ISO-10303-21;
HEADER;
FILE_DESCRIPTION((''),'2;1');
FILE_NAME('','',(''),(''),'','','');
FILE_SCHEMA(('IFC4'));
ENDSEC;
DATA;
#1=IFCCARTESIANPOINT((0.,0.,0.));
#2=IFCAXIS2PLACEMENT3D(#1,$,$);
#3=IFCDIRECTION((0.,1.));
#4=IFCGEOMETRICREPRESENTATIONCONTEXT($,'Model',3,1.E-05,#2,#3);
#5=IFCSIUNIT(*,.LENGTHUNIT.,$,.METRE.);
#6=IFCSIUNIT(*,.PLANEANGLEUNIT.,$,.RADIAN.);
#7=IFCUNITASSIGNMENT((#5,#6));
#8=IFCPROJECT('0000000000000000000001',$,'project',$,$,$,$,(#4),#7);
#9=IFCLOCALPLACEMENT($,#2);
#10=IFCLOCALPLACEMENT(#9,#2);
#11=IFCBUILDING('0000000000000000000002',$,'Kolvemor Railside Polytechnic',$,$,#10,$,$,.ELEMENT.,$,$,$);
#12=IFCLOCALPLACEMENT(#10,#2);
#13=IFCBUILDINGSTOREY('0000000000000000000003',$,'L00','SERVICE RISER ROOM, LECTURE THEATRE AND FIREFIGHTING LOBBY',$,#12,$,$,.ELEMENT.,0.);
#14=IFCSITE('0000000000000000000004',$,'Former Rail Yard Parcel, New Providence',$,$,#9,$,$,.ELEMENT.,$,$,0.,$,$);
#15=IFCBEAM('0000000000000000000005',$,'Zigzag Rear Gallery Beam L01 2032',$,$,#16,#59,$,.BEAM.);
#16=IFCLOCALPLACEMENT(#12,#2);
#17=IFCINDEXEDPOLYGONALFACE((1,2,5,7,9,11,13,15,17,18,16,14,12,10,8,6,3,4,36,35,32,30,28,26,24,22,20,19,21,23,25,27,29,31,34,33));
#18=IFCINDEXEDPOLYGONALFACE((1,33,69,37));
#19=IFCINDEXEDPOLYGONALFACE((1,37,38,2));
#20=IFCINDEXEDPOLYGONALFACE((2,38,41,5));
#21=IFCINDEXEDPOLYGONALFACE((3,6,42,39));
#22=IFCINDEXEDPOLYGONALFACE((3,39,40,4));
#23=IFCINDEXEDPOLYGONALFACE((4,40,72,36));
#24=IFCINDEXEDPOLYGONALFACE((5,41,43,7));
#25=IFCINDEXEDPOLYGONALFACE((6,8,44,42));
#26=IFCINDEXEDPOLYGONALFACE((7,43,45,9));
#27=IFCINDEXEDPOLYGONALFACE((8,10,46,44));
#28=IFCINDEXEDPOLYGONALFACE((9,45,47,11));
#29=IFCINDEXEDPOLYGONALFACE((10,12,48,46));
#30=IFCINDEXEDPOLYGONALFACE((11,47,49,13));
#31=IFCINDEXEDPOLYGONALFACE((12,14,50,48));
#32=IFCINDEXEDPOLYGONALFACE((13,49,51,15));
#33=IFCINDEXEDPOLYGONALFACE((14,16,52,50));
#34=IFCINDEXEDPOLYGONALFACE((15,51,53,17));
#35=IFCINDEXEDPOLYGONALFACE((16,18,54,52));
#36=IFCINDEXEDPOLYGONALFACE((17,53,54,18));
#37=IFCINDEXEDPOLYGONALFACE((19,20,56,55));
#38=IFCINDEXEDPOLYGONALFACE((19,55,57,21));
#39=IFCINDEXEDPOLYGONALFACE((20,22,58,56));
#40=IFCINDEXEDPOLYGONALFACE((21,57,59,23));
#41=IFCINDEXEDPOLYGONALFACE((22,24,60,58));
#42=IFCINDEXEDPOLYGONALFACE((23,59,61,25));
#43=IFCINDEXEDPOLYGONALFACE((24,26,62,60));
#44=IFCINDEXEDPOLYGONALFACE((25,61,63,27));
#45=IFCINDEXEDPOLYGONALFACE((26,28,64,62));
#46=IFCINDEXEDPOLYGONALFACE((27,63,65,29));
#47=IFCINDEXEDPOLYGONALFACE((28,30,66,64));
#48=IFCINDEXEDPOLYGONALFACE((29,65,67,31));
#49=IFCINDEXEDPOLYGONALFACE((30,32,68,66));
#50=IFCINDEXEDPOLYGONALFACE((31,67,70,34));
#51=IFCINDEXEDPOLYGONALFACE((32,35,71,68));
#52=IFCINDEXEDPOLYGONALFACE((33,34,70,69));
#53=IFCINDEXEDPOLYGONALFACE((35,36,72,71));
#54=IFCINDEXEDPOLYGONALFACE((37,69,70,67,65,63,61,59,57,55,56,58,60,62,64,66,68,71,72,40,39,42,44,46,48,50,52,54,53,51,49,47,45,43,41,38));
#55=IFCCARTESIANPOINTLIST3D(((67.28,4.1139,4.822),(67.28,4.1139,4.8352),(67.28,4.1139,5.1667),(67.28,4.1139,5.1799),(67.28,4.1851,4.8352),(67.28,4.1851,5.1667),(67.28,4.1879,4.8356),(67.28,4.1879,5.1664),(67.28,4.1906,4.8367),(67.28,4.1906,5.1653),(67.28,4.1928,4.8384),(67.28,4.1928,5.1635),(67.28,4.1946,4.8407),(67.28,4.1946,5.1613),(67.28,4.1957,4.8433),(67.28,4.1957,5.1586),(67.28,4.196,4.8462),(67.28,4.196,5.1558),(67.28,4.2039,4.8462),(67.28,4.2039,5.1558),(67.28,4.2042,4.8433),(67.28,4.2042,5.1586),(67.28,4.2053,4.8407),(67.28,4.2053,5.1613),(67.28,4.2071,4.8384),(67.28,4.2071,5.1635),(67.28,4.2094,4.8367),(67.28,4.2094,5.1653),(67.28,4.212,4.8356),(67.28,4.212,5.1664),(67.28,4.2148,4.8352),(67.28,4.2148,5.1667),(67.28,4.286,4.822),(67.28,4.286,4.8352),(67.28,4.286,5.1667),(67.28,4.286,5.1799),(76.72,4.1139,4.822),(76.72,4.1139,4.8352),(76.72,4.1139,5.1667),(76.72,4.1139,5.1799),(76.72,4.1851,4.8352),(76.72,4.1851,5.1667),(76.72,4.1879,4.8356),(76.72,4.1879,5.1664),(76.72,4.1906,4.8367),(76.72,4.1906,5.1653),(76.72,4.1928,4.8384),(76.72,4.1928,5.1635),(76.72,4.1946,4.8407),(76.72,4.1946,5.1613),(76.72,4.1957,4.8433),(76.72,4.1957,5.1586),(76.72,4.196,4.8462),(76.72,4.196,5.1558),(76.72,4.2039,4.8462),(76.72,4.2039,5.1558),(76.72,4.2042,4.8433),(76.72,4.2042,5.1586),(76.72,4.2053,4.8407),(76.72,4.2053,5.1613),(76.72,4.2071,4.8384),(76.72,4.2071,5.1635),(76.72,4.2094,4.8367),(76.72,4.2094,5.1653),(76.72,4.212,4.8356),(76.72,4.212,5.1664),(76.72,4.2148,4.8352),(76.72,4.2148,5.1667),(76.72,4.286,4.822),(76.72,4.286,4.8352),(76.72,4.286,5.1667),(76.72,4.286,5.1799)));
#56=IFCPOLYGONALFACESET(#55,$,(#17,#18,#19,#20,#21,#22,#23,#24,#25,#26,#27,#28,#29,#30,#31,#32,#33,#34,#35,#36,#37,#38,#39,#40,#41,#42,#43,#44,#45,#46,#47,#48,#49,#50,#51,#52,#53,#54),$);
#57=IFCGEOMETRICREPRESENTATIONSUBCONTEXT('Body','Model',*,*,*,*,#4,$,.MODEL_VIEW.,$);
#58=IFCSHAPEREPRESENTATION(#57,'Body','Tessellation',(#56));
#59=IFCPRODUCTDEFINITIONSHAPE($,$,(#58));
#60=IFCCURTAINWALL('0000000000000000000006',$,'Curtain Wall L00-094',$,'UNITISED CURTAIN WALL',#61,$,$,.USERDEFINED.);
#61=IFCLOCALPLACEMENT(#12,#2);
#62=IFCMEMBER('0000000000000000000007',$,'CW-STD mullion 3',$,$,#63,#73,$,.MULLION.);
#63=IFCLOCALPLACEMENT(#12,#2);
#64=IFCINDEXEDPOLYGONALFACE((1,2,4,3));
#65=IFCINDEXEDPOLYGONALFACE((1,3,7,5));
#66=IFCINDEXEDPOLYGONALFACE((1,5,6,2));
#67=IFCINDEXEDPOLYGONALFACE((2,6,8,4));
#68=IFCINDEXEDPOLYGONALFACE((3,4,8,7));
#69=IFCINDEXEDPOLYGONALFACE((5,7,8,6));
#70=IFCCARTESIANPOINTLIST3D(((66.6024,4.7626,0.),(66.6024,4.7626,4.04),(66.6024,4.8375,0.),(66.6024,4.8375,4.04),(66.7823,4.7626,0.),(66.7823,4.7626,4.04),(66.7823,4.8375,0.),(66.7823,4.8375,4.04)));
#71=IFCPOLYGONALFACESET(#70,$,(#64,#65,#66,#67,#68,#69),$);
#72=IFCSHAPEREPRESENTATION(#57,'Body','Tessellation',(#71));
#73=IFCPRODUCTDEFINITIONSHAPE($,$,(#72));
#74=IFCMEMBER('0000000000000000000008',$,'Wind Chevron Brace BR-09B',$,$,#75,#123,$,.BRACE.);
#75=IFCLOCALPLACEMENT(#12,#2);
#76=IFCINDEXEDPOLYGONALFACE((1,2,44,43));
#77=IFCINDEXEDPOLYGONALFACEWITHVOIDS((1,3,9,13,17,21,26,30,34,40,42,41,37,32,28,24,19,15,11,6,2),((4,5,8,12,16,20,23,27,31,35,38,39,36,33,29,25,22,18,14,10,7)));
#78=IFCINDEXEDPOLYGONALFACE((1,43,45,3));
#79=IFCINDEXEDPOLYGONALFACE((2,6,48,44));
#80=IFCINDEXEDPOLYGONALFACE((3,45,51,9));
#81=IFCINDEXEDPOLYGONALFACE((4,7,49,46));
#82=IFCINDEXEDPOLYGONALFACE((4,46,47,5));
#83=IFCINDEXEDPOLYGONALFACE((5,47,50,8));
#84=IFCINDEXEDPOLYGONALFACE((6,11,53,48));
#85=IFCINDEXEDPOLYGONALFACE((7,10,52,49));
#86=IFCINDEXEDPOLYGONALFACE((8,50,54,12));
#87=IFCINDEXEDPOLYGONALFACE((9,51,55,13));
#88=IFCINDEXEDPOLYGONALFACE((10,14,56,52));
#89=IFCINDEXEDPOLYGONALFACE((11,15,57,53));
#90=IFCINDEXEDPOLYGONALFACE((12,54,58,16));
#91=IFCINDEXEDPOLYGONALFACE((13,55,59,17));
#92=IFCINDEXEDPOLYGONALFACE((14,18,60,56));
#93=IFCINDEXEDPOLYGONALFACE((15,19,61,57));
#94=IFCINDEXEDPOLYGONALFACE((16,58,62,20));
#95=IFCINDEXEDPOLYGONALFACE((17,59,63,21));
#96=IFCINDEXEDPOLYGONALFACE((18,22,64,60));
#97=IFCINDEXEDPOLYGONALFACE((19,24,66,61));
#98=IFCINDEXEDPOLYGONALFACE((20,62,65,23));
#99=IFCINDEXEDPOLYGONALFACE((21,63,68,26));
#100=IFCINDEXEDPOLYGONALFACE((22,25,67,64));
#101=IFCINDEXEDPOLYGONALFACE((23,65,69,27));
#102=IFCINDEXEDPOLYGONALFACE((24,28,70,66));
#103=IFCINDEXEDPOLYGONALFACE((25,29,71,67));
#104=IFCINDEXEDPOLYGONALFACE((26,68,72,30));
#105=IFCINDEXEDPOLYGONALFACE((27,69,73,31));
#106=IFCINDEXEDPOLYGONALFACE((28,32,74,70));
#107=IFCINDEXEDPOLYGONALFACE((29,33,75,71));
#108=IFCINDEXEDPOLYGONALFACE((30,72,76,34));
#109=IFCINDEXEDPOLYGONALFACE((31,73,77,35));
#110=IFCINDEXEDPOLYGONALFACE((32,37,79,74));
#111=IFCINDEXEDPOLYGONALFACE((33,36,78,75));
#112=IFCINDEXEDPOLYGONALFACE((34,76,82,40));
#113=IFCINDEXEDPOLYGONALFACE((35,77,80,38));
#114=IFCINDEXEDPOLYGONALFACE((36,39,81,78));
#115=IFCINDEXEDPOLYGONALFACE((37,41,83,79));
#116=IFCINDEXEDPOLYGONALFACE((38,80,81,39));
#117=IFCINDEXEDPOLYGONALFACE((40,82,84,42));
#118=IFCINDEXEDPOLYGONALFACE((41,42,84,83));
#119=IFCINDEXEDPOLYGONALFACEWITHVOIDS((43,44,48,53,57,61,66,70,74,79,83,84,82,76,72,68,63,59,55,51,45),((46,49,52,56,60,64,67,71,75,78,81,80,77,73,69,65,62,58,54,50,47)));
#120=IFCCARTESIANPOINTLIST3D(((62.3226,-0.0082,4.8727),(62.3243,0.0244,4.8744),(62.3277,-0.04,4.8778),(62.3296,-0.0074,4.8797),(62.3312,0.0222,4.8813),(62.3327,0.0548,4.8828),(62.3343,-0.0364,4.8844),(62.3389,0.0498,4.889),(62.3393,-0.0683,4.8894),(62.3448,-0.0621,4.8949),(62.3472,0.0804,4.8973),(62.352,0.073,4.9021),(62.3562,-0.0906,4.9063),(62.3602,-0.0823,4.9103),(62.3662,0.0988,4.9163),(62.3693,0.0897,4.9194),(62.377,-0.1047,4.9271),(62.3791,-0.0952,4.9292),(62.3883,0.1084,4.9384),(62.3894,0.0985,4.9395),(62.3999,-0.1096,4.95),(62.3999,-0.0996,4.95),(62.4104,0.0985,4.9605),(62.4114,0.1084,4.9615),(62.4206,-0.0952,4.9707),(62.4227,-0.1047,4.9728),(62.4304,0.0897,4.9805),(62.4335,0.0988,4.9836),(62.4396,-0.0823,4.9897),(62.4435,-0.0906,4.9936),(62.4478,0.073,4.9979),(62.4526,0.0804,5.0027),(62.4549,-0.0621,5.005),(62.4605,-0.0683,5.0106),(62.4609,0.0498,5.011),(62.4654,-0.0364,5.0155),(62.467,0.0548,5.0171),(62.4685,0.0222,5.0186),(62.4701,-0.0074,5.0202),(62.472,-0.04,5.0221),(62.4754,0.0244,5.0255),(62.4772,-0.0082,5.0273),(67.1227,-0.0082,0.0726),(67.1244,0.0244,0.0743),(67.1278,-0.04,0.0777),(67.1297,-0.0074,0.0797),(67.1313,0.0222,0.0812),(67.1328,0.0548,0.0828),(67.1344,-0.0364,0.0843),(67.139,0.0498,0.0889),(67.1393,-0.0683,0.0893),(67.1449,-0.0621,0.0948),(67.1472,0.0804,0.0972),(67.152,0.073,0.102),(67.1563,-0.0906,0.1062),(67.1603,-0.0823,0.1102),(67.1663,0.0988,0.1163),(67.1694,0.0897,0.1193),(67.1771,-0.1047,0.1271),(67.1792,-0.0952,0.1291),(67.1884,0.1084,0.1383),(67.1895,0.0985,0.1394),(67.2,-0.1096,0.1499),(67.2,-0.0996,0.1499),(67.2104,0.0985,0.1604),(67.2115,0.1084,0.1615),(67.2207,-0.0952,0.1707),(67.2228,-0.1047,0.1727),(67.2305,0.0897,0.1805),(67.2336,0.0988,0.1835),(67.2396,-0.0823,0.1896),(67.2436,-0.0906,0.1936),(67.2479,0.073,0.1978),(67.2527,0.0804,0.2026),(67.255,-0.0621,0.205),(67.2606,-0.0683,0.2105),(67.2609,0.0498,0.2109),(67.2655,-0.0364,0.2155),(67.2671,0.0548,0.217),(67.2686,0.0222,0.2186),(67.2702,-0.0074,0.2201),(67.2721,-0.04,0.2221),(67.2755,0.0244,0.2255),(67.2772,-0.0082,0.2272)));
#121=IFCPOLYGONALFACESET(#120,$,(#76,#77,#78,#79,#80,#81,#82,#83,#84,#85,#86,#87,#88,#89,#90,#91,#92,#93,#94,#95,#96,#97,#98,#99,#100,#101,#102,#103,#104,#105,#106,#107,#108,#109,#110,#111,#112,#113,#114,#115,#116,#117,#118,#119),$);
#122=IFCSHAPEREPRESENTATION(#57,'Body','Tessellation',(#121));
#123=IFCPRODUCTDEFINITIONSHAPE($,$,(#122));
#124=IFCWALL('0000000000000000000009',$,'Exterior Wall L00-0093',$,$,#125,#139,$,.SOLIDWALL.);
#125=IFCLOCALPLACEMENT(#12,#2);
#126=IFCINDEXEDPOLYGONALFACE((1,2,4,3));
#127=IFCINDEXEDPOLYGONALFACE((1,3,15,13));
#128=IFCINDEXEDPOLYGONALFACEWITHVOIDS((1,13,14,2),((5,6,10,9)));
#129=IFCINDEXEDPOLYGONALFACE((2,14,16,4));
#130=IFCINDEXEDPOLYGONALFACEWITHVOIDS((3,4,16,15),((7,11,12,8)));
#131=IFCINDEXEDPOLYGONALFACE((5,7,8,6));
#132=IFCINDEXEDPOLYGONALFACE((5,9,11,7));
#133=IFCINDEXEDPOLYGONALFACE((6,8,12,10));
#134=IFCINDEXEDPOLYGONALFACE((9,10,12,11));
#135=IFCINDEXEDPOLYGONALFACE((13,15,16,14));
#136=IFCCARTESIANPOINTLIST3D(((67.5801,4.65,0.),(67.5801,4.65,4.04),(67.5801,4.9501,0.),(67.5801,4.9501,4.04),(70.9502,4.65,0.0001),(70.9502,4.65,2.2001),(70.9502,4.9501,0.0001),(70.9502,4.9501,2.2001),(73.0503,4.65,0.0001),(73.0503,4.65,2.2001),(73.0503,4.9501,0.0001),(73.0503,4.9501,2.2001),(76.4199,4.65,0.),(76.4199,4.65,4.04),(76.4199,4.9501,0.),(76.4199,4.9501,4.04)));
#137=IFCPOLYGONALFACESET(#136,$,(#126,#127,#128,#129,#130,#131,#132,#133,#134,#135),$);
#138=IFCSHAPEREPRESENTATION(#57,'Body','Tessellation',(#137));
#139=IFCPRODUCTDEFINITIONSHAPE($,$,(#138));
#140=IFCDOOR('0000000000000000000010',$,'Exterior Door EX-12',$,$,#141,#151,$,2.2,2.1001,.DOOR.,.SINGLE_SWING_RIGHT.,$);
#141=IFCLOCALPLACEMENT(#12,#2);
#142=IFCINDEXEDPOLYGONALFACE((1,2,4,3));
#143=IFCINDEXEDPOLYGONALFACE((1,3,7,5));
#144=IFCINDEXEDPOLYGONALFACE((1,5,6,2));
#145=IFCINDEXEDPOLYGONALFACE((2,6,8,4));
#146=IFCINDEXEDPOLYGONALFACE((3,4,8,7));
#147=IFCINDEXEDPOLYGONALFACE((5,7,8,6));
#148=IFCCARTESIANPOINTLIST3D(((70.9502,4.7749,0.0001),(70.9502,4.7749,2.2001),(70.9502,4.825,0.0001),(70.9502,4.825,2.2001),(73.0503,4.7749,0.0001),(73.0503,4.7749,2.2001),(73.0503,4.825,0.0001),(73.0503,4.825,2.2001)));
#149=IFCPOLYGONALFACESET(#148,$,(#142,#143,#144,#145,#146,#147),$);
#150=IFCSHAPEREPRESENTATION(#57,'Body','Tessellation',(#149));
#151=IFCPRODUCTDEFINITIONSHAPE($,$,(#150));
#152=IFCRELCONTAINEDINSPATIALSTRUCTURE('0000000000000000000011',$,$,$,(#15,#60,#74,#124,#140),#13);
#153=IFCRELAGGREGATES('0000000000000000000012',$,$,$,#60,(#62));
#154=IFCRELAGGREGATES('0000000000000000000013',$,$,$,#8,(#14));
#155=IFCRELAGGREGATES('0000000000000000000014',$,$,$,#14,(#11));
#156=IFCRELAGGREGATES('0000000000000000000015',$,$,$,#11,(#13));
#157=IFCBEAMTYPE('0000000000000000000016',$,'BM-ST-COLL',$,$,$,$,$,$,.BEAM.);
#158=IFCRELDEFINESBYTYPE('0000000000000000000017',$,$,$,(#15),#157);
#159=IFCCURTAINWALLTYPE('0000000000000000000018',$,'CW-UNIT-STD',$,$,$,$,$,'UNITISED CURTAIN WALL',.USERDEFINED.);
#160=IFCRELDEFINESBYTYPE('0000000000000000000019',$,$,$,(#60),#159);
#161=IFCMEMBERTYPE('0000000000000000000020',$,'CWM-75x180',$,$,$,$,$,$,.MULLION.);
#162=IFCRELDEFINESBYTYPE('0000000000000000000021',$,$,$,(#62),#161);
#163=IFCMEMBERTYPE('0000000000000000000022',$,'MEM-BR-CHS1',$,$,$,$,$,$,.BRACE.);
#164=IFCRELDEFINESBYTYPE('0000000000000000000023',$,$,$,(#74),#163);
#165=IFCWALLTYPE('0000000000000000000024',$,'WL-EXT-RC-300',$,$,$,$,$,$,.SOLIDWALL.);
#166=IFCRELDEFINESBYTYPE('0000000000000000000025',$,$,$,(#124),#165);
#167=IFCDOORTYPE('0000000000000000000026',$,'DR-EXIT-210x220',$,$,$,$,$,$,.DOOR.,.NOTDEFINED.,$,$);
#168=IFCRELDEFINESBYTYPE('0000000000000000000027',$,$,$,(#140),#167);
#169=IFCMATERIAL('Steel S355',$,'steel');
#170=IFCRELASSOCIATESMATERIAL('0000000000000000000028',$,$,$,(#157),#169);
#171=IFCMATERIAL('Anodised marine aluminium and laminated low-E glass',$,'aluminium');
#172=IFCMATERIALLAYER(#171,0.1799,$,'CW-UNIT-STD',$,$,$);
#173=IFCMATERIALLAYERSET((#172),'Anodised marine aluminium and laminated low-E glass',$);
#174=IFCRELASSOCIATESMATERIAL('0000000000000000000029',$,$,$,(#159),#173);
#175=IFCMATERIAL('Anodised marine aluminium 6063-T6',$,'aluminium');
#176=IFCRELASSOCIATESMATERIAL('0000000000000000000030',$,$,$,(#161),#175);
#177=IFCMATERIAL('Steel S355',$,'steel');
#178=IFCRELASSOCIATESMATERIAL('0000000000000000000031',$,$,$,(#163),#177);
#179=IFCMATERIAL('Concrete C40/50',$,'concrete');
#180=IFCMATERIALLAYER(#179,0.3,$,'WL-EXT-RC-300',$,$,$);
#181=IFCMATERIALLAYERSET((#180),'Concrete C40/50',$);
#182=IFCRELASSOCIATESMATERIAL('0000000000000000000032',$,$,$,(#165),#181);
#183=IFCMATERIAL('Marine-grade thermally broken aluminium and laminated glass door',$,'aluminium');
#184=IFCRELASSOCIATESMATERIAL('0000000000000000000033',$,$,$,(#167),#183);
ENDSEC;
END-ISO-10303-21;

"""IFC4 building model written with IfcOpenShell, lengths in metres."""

from ifc_helpers import new_model, si_unit, direction, frame, frame_2d, origin, origin_2d, place, context, subcontext, project, spatial, rectangle, hollow_circle, i_section, extrude, material, layer, layer_set, material_profile, profile_set, type_object, element, fill, aggregate, save


model = new_model("IFC4")

# Units and contexts
model_context = context("Model", 3, precision=1e-05, world=origin(), true_north=direction((0.0, 1.0)))
body_context = subcontext(model_context, "Body", "Model", "MODEL_VIEW")
ifc_project = project(units=[si_unit("LENGTHUNIT", "METRE"), si_unit("PLANEANGLEUNIT", "RADIAN")], contexts=[model_context])

# Site, building, storey
site_placement = place(None, origin())
site = spatial("IfcSite", under=ifc_project, at=site_placement, Name="Former Rail Yard Parcel, New Providence", CompositionType="ELEMENT", RefElevation=0.0)
building_placement = place(site_placement, origin())
building = spatial("IfcBuilding", under=site, at=building_placement, Name="Kolvemor Railside Polytechnic", CompositionType="ELEMENT")
storey_placement = place(building_placement, origin())
storey = spatial("IfcBuildingStorey", under=building, at=storey_placement, Name="L00", Description="SERVICE RISER ROOM, LECTURE THEATRE AND FIREFIGHTING LOBBY", CompositionType="ELEMENT", Elevation=0.0)

# Beam
ifc_material_1 = material(Name="Steel S355", Category="steel")
ifc_material_profile_1 = material_profile(ifc_material_1, i_section(OverallWidth=0.1721, OverallDepth=0.3579, WebThickness=0.0078, FlangeThickness=0.0132, FilletRadius=0.011, at=origin_2d()), Name="W360x57")
ifc_profile_set_1 = profile_set([ifc_material_profile_1], Name="Steel S355")
beam_type_1 = type_object("IfcBeamType", Name="BM-ST-COLL", PredefinedType="BEAM", material=ifc_profile_set_1)
beam_1_placement = place(storey_placement, frame((67.28, 4.2, 5.001), z_axis=(1.0, 0.0, 0.0), x_axis=(0.0, 1.0, 0.0)))
element("IfcBeam", 1, at=beam_1_placement, inside=storey, type_object=beam_type_1, Name="Zigzag Rear Gallery Beam L01 2032", PredefinedType="BEAM", context=body_context, shape_type="SweptSolid", body=[
    extrude(i_section(OverallWidth=0.1721, OverallDepth=0.3579, WebThickness=0.0078, FlangeThickness=0.0132, FilletRadius=0.011, at=origin_2d()), origin(), (0.0, 0.0, 1.0), 9.4399),
])

# Curtain wall, member
ifc_material_2 = material(Name="Anodised marine aluminium and laminated low-E glass", Category="aluminium")
ifc_layer_1 = layer(ifc_material_2, 0.1799, Name="CW-UNIT-STD")
ifc_layer_set_1 = layer_set([ifc_layer_1], Name="Anodised marine aluminium and laminated low-E glass")
curtain_wall_type = type_object("IfcCurtainWallType", Name="CW-UNIT-STD", ElementType="UNITISED CURTAIN WALL", PredefinedType="USERDEFINED", material=ifc_layer_set_1)
curtain_wall_placement = place(storey_placement, origin())
curtain_wall = element("IfcCurtainWall", 2, at=curtain_wall_placement, inside=storey, type_object=curtain_wall_type, Name="Curtain Wall L00-094", ObjectType="UNITISED CURTAIN WALL", PredefinedType="USERDEFINED")
ifc_material_3 = material(Name="Anodised marine aluminium 6063-T6", Category="aluminium")
ifc_material_profile_2 = material_profile(ifc_material_3, rectangle(XDim=0.075, YDim=0.1799, at=origin_2d()), Name="CW-MUL-75x180")
ifc_profile_set_2 = profile_set([ifc_material_profile_2], Name="Anodised marine aluminium 6063-T6")
member_type_1 = type_object("IfcMemberType", Name="CWM-75x180", PredefinedType="MULLION", material=ifc_profile_set_2)
member_1_placement = place(storey_placement, frame((66.6924, 4.8, 0.0), z_axis=(0.0, 0.0, 1.0), x_axis=(0.0, 1.0, 0.0)))
member_1 = element("IfcMember", 3, at=member_1_placement, type_object=member_type_1, Name="CW-STD mullion 3", PredefinedType="MULLION", context=body_context, shape_type="SweptSolid", body=[
    extrude(rectangle(XDim=0.075, YDim=0.1799, at=origin_2d()), origin(), (0.0, 0.0, 1.0), 4.04),
])
aggregate(curtain_wall, [member_1])

# Member
ifc_material_4 = material(Name="Steel S355", Category="steel")
ifc_material_profile_3 = material_profile(ifc_material_4, hollow_circle(Radius=0.1096, WallThickness=0.01, at=origin_2d()), Name="CHS219.1x10")
ifc_profile_set_3 = profile_set([ifc_material_profile_3], Name="Steel S355")
member_type_2 = type_object("IfcMemberType", Name="MEM-BR-CHS1", PredefinedType="BRACE", material=ifc_profile_set_3)
member_2_placement = place(storey_placement, frame((67.2, 0.0, 0.1499), z_axis=(-0.707107, 0.0, 0.707107), x_axis=(0.0, -1.0, 0.0)))
element("IfcMember", 4, at=member_2_placement, inside=storey, type_object=member_type_2, Name="Wind Chevron Brace BR-09B", PredefinedType="BRACE", context=body_context, shape_type="SweptSolid", body=[
    extrude(hollow_circle(Radius=0.1096, WallThickness=0.01, at=origin_2d()), origin(), (0.0, 0.0, 1.0), 6.7883),
])

# Wall, opening, door
ifc_material_5 = material(Name="Concrete C40/50", Category="concrete")
ifc_layer_2 = layer(ifc_material_5, 0.3, Name="WL-EXT-RC-300")
ifc_layer_set_2 = layer_set([ifc_layer_2], Name="Concrete C40/50")
wall_type = type_object("IfcWallType", Name="WL-EXT-RC-300", PredefinedType="SOLIDWALL", material=ifc_layer_set_2)
wall_placement = place(storey_placement, frame((67.5801, 4.8, 0.0), z_axis=(0.0, 0.0, 1.0), x_axis=(1.0, 0.0, 0.0)))
wall = element("IfcWall", 5, at=wall_placement, inside=storey, type_object=wall_type, Name="Exterior Wall L00-0093", PredefinedType="SOLIDWALL", context=body_context, shape_type="SweptSolid", body=[
    extrude(rectangle(XDim=8.8398, YDim=0.3, at=frame_2d((4.4199, 0.0))), origin(), (0.0, 0.0, 1.0), 4.04),
])
opening_placement = place(wall_placement, frame((3.3701, 0.0, 0.0)))
opening = element("IfcOpeningElement", 6, at=opening_placement, cuts=wall, PredefinedType="OPENING", context=body_context, shape_type="SweptSolid", body=[
    extrude(rectangle(XDim=2.1001, YDim=2.2, at=frame_2d((1.05, 1.1001))), frame((0.0, 0.1599, 0.0), z_axis=(0.0, -1.0, 0.0), x_axis=(1.0, 0.0, 0.0)), (0.0, 0.0, 1.0), 0.3201),
])
ifc_material_6 = material(Name="Marine-grade thermally broken aluminium and laminated glass door", Category="aluminium")
door_type = type_object("IfcDoorType", Name="DR-EXIT-210x220", OperationType="NOTDEFINED", PredefinedType="DOOR", material=ifc_material_6)
door_placement = place(opening_placement, origin())
door = element("IfcDoor", 7, at=door_placement, inside=storey, type_object=door_type, Name="Exterior Door EX-12", OperationType="SINGLE_SWING_RIGHT", OverallHeight=2.2, OverallWidth=2.1001, PredefinedType="DOOR", context=body_context, shape_type="SweptSolid", body=[
    extrude(rectangle(XDim=2.1001, YDim=2.2, at=frame_2d((1.05, 1.1001))), frame((0.0, 0.0249, 0.0), z_axis=(0.0, -1.0, 0.0), x_axis=(1.0, 0.0, 0.0)), (0.0, 0.0, 1.0), 0.05),
])
fill(opening, door)

save(model, "model.ifc")
